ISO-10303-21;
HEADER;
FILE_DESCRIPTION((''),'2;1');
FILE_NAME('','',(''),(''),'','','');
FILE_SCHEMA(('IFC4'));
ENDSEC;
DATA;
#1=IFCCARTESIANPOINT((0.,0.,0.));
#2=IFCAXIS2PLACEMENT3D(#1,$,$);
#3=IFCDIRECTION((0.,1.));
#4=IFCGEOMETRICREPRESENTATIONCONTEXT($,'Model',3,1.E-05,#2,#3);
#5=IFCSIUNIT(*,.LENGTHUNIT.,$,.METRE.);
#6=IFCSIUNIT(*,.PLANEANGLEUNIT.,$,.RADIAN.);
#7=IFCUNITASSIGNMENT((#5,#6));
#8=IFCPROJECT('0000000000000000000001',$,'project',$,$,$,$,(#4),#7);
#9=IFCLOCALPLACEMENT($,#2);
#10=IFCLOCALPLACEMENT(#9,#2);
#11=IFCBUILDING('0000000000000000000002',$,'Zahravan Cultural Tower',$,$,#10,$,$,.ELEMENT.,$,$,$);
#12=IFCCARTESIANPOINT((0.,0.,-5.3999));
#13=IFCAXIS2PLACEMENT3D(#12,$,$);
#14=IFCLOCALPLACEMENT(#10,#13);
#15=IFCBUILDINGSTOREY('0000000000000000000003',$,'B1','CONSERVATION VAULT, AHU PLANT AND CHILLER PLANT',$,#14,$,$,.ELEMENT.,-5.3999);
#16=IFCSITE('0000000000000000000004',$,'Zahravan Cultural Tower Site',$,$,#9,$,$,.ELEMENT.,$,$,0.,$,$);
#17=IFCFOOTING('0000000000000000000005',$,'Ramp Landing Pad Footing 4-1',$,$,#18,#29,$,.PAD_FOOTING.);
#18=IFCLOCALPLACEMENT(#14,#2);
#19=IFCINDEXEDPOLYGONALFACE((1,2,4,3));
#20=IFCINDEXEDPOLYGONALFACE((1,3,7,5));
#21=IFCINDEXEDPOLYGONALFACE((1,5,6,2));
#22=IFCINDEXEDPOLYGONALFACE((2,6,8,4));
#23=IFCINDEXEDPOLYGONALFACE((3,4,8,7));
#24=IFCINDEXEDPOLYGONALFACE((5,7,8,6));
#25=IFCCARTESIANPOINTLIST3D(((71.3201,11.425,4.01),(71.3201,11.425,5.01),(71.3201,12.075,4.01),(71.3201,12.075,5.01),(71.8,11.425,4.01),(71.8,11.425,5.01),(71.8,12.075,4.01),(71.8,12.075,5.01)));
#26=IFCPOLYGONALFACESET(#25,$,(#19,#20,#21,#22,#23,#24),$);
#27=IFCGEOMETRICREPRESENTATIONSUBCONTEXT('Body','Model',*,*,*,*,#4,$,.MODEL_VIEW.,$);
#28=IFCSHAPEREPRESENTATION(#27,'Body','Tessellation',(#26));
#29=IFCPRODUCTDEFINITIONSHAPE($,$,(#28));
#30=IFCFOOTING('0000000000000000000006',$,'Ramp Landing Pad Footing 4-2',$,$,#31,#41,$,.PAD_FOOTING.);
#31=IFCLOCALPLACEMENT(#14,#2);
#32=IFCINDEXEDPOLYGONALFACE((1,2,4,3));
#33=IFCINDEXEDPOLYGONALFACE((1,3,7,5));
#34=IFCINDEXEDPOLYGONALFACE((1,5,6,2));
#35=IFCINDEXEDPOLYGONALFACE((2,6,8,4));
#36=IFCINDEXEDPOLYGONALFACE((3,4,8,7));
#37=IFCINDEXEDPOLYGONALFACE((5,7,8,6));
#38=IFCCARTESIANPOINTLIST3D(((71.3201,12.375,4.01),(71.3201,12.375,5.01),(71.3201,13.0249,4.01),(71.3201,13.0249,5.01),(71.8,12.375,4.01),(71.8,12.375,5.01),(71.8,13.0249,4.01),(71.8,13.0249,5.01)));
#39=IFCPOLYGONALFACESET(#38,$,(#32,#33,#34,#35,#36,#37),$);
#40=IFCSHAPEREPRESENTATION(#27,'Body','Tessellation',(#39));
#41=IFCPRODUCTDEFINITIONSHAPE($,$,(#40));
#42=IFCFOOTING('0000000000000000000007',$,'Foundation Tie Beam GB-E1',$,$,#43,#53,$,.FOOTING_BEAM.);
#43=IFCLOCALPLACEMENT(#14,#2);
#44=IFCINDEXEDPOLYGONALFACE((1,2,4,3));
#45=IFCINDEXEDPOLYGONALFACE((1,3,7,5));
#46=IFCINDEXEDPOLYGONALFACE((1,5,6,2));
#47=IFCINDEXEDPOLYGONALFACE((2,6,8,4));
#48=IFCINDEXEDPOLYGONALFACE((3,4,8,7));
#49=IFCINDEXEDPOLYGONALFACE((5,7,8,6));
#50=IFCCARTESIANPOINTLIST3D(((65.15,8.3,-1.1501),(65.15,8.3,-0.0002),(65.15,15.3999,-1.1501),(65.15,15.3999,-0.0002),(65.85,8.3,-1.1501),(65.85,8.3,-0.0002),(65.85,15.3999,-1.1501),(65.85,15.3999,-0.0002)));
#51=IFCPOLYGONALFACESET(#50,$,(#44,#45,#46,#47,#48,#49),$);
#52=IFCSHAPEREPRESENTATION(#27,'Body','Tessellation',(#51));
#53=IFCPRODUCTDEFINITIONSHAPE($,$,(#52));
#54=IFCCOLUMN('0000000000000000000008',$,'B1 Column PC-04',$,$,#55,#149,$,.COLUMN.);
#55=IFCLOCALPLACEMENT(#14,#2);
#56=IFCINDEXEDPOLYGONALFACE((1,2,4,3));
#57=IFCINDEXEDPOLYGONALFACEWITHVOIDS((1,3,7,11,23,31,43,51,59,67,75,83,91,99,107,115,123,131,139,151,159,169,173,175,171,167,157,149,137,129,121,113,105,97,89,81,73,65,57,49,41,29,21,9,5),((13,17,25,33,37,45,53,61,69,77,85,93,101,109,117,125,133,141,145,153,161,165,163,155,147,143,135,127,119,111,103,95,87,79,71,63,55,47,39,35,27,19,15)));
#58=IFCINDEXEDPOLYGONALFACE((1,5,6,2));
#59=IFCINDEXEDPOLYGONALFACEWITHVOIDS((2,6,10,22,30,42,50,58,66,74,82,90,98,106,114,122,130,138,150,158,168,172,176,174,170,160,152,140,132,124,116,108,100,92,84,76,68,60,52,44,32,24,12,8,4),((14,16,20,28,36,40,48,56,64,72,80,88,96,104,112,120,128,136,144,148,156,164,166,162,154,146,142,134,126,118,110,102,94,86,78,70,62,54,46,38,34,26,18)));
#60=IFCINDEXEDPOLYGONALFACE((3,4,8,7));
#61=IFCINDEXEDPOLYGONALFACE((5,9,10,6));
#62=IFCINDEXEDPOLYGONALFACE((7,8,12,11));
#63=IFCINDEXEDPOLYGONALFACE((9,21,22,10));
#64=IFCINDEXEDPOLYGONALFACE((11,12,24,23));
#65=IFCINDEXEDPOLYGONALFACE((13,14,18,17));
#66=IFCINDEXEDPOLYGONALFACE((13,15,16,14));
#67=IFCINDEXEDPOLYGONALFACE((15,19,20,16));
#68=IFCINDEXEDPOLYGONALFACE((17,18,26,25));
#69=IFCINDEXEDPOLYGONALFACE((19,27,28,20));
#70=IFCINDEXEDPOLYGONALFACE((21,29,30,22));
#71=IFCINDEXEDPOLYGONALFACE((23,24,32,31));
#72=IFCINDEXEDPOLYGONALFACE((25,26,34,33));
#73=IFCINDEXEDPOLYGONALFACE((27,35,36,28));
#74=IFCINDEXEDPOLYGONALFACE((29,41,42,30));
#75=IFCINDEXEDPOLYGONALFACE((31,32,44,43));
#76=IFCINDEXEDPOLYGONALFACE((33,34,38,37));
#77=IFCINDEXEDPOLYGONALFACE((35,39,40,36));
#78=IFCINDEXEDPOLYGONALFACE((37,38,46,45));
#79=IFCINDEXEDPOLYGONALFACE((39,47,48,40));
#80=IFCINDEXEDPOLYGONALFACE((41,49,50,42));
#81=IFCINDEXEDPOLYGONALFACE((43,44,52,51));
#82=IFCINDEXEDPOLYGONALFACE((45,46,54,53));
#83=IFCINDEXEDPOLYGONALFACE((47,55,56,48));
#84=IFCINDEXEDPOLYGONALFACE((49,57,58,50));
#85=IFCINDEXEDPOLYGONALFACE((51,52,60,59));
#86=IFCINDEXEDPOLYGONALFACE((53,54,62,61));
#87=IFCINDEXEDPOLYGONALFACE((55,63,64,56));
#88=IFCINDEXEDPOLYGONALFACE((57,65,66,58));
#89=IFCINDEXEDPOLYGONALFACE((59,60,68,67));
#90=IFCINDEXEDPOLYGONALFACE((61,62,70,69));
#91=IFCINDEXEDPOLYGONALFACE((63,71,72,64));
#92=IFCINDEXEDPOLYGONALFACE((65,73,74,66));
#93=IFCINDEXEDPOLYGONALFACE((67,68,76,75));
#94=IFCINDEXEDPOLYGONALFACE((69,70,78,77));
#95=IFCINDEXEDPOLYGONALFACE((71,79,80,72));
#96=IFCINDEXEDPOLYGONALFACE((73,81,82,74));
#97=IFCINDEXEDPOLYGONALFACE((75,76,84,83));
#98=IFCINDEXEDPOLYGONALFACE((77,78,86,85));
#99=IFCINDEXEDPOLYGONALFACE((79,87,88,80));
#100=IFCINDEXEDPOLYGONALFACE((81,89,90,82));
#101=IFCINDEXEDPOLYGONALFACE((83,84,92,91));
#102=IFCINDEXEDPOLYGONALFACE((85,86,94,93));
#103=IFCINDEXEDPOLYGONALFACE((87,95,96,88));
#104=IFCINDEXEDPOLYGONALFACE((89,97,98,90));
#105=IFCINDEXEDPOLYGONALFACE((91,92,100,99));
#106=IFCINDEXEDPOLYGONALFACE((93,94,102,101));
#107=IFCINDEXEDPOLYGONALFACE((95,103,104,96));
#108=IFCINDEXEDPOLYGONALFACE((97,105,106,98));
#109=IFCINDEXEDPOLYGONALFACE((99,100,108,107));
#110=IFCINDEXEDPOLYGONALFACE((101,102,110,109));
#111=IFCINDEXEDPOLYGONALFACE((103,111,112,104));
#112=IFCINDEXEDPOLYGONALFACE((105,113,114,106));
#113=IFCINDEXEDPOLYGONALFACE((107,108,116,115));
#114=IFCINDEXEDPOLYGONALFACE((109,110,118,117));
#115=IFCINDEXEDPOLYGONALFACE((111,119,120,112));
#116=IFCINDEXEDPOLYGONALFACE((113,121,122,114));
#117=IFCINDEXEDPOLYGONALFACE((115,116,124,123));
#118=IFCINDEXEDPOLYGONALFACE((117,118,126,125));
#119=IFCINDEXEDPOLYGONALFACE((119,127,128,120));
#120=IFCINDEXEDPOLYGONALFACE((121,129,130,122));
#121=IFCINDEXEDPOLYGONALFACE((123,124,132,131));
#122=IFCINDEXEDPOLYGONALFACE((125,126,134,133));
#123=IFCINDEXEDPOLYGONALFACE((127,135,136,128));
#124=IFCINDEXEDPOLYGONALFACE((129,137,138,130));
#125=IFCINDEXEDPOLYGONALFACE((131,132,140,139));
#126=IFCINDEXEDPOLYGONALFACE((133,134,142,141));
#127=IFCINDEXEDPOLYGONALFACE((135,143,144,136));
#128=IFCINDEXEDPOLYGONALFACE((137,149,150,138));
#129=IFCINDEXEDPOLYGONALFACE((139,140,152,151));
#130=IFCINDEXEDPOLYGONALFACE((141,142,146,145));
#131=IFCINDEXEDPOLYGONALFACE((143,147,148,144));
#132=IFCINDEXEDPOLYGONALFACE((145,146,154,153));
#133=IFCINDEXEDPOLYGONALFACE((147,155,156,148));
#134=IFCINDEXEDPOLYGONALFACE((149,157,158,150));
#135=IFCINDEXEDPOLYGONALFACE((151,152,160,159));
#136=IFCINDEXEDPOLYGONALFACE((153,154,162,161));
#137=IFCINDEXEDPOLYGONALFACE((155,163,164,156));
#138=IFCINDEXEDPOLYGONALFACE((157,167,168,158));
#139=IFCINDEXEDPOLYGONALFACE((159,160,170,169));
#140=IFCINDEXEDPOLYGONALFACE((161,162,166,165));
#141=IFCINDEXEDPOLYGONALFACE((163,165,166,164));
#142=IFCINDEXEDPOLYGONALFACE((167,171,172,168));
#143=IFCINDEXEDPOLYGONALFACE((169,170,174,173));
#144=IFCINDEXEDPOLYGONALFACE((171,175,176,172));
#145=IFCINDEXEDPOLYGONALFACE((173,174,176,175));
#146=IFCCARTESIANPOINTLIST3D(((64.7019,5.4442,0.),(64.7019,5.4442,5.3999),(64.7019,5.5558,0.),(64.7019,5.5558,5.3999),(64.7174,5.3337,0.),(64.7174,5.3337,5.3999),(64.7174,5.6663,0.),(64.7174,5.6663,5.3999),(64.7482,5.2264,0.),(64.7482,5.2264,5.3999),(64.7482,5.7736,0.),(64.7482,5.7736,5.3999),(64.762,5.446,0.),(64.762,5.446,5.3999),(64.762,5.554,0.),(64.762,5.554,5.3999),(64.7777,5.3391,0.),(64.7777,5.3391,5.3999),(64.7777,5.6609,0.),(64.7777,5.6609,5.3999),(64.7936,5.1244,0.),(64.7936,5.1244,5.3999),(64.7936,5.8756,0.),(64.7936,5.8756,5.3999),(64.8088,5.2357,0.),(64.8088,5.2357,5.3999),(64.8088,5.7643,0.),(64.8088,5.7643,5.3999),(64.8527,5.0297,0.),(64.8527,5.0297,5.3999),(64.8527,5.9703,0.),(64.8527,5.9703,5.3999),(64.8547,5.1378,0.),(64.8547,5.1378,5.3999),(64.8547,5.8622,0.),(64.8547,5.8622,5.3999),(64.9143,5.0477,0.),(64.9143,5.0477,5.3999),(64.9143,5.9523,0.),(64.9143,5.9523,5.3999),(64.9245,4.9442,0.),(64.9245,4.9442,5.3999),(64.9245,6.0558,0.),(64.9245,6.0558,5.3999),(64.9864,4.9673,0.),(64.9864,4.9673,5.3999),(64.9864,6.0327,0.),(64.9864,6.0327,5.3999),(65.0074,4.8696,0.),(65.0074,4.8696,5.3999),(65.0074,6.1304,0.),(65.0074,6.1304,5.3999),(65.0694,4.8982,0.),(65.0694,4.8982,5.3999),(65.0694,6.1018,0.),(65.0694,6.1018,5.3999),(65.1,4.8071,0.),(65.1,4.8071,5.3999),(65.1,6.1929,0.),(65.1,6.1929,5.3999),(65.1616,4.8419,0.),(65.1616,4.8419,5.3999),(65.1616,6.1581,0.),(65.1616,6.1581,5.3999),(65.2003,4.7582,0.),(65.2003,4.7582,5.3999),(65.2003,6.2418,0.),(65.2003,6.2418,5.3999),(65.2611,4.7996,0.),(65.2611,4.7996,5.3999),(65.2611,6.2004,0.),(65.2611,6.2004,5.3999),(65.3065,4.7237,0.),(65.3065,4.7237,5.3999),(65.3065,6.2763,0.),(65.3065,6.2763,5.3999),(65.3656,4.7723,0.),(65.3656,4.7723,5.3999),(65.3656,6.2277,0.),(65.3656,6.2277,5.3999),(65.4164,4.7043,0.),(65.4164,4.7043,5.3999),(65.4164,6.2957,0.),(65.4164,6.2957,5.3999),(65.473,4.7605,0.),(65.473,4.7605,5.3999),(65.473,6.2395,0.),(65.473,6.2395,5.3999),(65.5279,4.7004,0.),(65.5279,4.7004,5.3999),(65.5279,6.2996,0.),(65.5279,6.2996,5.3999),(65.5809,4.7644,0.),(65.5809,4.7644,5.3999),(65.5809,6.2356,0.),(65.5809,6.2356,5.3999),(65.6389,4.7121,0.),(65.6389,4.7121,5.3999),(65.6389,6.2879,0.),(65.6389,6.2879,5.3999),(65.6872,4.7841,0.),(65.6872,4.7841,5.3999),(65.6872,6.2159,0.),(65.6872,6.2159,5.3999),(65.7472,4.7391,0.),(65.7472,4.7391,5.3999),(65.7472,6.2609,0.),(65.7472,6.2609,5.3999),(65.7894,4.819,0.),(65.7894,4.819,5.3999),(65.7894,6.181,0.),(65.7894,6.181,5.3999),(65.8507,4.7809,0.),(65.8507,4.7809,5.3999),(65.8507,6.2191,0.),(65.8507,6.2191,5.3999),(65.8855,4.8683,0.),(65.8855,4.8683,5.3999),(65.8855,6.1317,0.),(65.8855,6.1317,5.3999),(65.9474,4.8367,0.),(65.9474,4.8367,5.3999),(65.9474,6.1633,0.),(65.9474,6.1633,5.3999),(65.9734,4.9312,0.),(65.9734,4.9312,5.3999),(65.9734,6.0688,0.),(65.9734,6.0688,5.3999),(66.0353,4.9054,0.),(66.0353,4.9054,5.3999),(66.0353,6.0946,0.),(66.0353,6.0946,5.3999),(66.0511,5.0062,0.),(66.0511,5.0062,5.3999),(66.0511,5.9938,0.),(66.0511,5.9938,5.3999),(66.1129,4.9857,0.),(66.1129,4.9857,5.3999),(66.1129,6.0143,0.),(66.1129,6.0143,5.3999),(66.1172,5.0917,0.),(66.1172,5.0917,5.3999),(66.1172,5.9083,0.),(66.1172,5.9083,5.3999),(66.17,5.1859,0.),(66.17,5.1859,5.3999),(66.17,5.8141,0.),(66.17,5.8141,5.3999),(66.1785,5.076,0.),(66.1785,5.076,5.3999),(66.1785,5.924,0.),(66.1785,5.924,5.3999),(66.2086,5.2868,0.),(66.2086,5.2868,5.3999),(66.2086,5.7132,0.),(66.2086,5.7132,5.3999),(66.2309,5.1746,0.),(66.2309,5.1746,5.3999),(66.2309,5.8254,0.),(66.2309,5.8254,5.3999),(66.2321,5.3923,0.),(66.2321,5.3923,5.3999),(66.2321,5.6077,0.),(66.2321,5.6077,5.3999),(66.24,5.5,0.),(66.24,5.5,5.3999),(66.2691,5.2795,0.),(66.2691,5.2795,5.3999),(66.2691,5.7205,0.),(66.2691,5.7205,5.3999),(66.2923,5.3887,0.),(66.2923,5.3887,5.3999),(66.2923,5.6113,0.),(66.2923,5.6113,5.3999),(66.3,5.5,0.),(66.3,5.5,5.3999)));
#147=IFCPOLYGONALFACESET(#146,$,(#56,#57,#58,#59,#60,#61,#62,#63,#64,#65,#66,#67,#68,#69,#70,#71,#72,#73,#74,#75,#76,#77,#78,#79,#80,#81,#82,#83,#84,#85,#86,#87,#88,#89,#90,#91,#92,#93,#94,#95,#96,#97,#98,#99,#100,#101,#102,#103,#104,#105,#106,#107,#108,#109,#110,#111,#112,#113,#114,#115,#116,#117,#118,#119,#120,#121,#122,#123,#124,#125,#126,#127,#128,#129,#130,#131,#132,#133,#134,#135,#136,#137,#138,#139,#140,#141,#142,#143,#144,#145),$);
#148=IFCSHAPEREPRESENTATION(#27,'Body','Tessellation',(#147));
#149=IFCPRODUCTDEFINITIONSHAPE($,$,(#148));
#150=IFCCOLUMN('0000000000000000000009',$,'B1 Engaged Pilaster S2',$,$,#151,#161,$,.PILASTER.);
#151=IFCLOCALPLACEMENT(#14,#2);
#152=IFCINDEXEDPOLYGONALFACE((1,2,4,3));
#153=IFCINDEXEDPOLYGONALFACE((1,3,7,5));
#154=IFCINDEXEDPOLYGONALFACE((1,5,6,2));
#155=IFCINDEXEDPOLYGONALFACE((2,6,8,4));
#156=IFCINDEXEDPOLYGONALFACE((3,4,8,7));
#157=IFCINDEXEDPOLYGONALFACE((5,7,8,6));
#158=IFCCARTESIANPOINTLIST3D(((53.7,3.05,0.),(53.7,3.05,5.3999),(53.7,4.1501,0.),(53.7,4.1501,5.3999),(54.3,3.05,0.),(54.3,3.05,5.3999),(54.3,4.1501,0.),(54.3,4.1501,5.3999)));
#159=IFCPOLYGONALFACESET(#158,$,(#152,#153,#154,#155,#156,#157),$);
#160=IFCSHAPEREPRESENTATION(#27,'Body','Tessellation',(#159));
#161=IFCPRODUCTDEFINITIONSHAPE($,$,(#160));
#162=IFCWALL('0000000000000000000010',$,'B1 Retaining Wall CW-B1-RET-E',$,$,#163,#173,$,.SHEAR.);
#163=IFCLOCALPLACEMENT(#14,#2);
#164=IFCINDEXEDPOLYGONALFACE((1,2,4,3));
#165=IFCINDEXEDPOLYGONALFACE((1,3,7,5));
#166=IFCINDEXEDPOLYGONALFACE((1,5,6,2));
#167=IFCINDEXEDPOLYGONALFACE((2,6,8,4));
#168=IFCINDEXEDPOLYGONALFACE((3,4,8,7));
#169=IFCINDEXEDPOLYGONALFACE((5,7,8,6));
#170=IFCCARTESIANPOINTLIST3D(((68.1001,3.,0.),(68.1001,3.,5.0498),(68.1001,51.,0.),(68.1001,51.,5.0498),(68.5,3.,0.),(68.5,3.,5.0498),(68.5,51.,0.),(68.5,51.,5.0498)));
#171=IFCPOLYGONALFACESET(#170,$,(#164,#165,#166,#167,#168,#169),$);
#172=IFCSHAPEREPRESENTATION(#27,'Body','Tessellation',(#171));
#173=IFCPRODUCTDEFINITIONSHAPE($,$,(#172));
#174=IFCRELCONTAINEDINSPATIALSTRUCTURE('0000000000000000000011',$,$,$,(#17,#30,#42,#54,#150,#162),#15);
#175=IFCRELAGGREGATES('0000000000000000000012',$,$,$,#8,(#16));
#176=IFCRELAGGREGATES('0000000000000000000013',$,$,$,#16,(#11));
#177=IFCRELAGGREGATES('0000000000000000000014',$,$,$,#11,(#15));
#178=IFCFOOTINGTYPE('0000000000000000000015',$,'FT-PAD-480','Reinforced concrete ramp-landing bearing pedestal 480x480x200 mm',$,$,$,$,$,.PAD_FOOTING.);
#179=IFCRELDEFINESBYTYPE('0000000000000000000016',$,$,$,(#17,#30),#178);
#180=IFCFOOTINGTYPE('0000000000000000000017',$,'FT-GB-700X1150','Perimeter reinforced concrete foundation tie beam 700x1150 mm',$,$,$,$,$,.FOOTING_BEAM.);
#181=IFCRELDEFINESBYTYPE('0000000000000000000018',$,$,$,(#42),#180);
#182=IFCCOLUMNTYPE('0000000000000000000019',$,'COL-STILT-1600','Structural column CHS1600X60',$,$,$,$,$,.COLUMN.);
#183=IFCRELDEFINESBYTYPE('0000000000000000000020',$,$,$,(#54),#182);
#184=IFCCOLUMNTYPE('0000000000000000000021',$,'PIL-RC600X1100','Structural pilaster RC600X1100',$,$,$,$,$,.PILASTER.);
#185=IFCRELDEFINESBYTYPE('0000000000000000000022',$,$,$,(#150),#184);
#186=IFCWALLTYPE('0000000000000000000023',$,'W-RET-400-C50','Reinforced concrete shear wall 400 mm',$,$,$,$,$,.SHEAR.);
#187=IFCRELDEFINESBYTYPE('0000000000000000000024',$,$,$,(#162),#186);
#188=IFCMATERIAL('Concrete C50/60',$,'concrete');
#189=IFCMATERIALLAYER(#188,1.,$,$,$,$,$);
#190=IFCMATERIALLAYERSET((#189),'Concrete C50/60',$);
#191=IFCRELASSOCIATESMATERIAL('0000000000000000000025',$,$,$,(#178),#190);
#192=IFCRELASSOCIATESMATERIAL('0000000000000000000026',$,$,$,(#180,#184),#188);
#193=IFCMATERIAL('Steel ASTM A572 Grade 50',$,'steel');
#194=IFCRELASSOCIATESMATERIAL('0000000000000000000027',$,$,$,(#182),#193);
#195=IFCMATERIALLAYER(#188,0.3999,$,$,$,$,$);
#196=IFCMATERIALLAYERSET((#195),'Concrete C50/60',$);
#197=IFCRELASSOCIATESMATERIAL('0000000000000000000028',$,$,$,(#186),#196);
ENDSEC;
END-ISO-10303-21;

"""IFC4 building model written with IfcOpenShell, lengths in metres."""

from ifc_helpers import new_model, si_unit, direction, frame, frame_2d, origin, origin_2d, place, context, subcontext, project, spatial, rectangle, hollow_circle, extrude, source, transform, mapped, material, layer, layer_set, material_profile, profile_set, type_object, element, save


model = new_model("IFC4")

# Units and contexts
model_context = context("Model", 3, precision=1e-05, world=origin(), true_north=direction((0.0, 1.0)))
body_context = subcontext(model_context, "Body", "Model", "MODEL_VIEW")
ifc_project = project(units=[si_unit("LENGTHUNIT", "METRE"), si_unit("PLANEANGLEUNIT", "RADIAN")], contexts=[model_context])

# Site, building, storey
site_placement = place(None, origin())
site = spatial("IfcSite", under=ifc_project, at=site_placement, Name="Zahravan Cultural Tower Site", CompositionType="ELEMENT", RefElevation=0.0)
building_placement = place(site_placement, origin())
building = spatial("IfcBuilding", under=site, at=building_placement, Name="Zahravan Cultural Tower", CompositionType="ELEMENT")
storey_placement = place(building_placement, frame((0.0, 0.0, -5.3999)))
storey = spatial("IfcBuildingStorey", under=building, at=storey_placement, Name="B1", Description="CONSERVATION VAULT, AHU PLANT AND CHILLER PLANT", CompositionType="ELEMENT", Elevation=-5.3999)

# Footings
ifc_material_1 = material(Name="Concrete C50/60", Category="concrete")
ifc_layer_1 = layer(ifc_material_1, 1.0)
ifc_layer_set_1 = layer_set([ifc_layer_1], Name="Concrete C50/60")
footing_type_1 = type_object("IfcFootingType", Name="FT-PAD-480", Description="Reinforced concrete ramp-landing bearing pedestal 480x480x200 mm", PredefinedType="PAD_FOOTING", material=ifc_layer_set_1)
shared_shape_1 = source(origin(), body_context, "Body", "SweptSolid", [
    extrude(rectangle(XDim=0.48, YDim=0.6499, at=origin_2d()), origin(), (0.0, 0.0, 1.0), 1.0),
])
for number, where, z_axis, x_axis, name in (
    (1, (71.5601, 11.75, 4.01), (0.0, 0.0, 1.0), (1.0, 0.0, 0.0), "Ramp Landing Pad Footing 4-1"),
    (2, (71.5601, 12.7, 4.01), (0.0, 0.0, 1.0), (1.0, 0.0, 0.0), "Ramp Landing Pad Footing 4-2"),
):
    element("IfcFooting", number, at=place(storey_placement, frame(where, z_axis=z_axis, x_axis=x_axis)), inside=storey, type_object=footing_type_1, Name=name, PredefinedType="PAD_FOOTING", context=body_context, shape_type="MappedRepresentation", body=[
        mapped(shared_shape_1, transform((0.0, 0.0, 0.0), x_axis=(1.0, 0.0, 0.0), y_axis=(0.0, 1.0, 0.0), z_axis=(0.0, 0.0, 1.0), scale=1.0)),
    ])
ifc_material_profile_1 = material_profile(ifc_material_1, rectangle(XDim=0.7, YDim=1.1499, at=origin_2d()), Name="RC700X1150")
ifc_profile_set_1 = profile_set([ifc_material_profile_1], Name="Concrete C50/60")
footing_type_2 = type_object("IfcFootingType", Name="FT-GB-700X1150", Description="Perimeter reinforced concrete foundation tie beam 700x1150 mm", PredefinedType="FOOTING_BEAM", material=ifc_profile_set_1)
shared_shape_2 = source(origin(), body_context, "Body", "SweptSolid", [
    extrude(rectangle(XDim=0.7, YDim=1.1499, at=origin_2d()), origin(), (0.0, 0.0, 1.0), 7.0999),
])
footing_1_placement = place(storey_placement, frame((65.5, 8.3, -0.5752), z_axis=(0.0, 1.0, 0.0), x_axis=(-1.0, 0.0, 0.0)))
element("IfcFooting", 3, at=footing_1_placement, inside=storey, type_object=footing_type_2, Name="Foundation Tie Beam GB-E1", PredefinedType="FOOTING_BEAM", context=body_context, shape_type="MappedRepresentation", body=[
    mapped(shared_shape_2, transform((0.0, 0.0, 0.0), x_axis=(1.0, 0.0, 0.0), y_axis=(0.0, 1.0, 0.0), z_axis=(0.0, 0.0, 1.0), scale=1.0)),
])

# Columns
ifc_material_2 = material(Name="Steel ASTM A572 Grade 50", Category="steel")
ifc_material_profile_2 = material_profile(ifc_material_2, hollow_circle(Radius=0.8, WallThickness=0.0601, at=origin_2d()), Name="CHS1600X60")
ifc_profile_set_2 = profile_set([ifc_material_profile_2], Name="Steel ASTM A572 Grade 50")
column_type_1 = type_object("IfcColumnType", Name="COL-STILT-1600", Description="Structural column CHS1600X60", PredefinedType="COLUMN", material=ifc_profile_set_2)
shared_shape_3 = source(origin(), body_context, "Body", "SweptSolid", [
    extrude(hollow_circle(Radius=0.8, WallThickness=0.0601, at=origin_2d()), origin(), (0.0, 0.0, 1.0), 5.3999),
])
column_1_placement = place(storey_placement, frame((65.5, 5.5, 0.0), z_axis=(0.0, 0.0, 1.0), x_axis=(1.0, 0.0, 0.0)))
element("IfcColumn", 4, at=column_1_placement, inside=storey, type_object=column_type_1, Name="B1 Column PC-04", PredefinedType="COLUMN", context=body_context, shape_type="MappedRepresentation", body=[
    mapped(shared_shape_3, transform((0.0, 0.0, 0.0), x_axis=(1.0, 0.0, 0.0), y_axis=(0.0, 1.0, 0.0), z_axis=(0.0, 0.0, 1.0), scale=1.0)),
])
ifc_material_profile_3 = material_profile(ifc_material_1, rectangle(XDim=0.6001, YDim=1.1001, at=origin_2d()), Name="RC600X1100")
ifc_profile_set_3 = profile_set([ifc_material_profile_3], Name="Concrete C50/60")
column_type_2 = type_object("IfcColumnType", Name="PIL-RC600X1100", Description="Structural pilaster RC600X1100", PredefinedType="PILASTER", material=ifc_profile_set_3)
shared_shape_4 = source(origin(), body_context, "Body", "SweptSolid", [
    extrude(rectangle(XDim=0.6001, YDim=1.1001, at=origin_2d()), origin(), (0.0, 0.0, 1.0), 5.3999),
])
column_2_placement = place(storey_placement, frame((54.0, 3.6001, 0.0), z_axis=(0.0, 0.0, 1.0), x_axis=(1.0, 0.0, 0.0)))
element("IfcColumn", 5, at=column_2_placement, inside=storey, type_object=column_type_2, Name="B1 Engaged Pilaster S2", PredefinedType="PILASTER", context=body_context, shape_type="MappedRepresentation", body=[
    mapped(shared_shape_4, transform((0.0, 0.0, 0.0), x_axis=(1.0, 0.0, 0.0), y_axis=(0.0, 1.0, 0.0), z_axis=(0.0, 0.0, 1.0), scale=1.0)),
])

# Wall
ifc_layer_2 = layer(ifc_material_1, 0.3999)
ifc_layer_set_2 = layer_set([ifc_layer_2], Name="Concrete C50/60")
wall_type_1 = type_object("IfcWallType", Name="W-RET-400-C50", Description="Reinforced concrete shear wall 400 mm", PredefinedType="SHEAR", material=ifc_layer_set_2)
shared_shape_5 = source(origin(), body_context, "Body", "SweptSolid", [
    extrude(rectangle(XDim=48.0, YDim=0.3999, at=frame_2d((24.0, 0.0))), origin(), (0.0, 0.0, 1.0), 5.0498),
])
wall_1_placement = place(storey_placement, frame((68.3, 3.0, 0.0), z_axis=(0.0, 0.0, 1.0), x_axis=(0.0, 1.0, 0.0)))
element("IfcWall", 6, at=wall_1_placement, inside=storey, type_object=wall_type_1, Name="B1 Retaining Wall CW-B1-RET-E", PredefinedType="SHEAR", context=body_context, shape_type="MappedRepresentation", body=[
    mapped(shared_shape_5, transform((0.0, 0.0, 0.0), x_axis=(1.0, 0.0, 0.0), y_axis=(0.0, 1.0, 0.0), z_axis=(0.0, 0.0, 1.0), scale=1.0)),
])

save(model, "model.ifc")
